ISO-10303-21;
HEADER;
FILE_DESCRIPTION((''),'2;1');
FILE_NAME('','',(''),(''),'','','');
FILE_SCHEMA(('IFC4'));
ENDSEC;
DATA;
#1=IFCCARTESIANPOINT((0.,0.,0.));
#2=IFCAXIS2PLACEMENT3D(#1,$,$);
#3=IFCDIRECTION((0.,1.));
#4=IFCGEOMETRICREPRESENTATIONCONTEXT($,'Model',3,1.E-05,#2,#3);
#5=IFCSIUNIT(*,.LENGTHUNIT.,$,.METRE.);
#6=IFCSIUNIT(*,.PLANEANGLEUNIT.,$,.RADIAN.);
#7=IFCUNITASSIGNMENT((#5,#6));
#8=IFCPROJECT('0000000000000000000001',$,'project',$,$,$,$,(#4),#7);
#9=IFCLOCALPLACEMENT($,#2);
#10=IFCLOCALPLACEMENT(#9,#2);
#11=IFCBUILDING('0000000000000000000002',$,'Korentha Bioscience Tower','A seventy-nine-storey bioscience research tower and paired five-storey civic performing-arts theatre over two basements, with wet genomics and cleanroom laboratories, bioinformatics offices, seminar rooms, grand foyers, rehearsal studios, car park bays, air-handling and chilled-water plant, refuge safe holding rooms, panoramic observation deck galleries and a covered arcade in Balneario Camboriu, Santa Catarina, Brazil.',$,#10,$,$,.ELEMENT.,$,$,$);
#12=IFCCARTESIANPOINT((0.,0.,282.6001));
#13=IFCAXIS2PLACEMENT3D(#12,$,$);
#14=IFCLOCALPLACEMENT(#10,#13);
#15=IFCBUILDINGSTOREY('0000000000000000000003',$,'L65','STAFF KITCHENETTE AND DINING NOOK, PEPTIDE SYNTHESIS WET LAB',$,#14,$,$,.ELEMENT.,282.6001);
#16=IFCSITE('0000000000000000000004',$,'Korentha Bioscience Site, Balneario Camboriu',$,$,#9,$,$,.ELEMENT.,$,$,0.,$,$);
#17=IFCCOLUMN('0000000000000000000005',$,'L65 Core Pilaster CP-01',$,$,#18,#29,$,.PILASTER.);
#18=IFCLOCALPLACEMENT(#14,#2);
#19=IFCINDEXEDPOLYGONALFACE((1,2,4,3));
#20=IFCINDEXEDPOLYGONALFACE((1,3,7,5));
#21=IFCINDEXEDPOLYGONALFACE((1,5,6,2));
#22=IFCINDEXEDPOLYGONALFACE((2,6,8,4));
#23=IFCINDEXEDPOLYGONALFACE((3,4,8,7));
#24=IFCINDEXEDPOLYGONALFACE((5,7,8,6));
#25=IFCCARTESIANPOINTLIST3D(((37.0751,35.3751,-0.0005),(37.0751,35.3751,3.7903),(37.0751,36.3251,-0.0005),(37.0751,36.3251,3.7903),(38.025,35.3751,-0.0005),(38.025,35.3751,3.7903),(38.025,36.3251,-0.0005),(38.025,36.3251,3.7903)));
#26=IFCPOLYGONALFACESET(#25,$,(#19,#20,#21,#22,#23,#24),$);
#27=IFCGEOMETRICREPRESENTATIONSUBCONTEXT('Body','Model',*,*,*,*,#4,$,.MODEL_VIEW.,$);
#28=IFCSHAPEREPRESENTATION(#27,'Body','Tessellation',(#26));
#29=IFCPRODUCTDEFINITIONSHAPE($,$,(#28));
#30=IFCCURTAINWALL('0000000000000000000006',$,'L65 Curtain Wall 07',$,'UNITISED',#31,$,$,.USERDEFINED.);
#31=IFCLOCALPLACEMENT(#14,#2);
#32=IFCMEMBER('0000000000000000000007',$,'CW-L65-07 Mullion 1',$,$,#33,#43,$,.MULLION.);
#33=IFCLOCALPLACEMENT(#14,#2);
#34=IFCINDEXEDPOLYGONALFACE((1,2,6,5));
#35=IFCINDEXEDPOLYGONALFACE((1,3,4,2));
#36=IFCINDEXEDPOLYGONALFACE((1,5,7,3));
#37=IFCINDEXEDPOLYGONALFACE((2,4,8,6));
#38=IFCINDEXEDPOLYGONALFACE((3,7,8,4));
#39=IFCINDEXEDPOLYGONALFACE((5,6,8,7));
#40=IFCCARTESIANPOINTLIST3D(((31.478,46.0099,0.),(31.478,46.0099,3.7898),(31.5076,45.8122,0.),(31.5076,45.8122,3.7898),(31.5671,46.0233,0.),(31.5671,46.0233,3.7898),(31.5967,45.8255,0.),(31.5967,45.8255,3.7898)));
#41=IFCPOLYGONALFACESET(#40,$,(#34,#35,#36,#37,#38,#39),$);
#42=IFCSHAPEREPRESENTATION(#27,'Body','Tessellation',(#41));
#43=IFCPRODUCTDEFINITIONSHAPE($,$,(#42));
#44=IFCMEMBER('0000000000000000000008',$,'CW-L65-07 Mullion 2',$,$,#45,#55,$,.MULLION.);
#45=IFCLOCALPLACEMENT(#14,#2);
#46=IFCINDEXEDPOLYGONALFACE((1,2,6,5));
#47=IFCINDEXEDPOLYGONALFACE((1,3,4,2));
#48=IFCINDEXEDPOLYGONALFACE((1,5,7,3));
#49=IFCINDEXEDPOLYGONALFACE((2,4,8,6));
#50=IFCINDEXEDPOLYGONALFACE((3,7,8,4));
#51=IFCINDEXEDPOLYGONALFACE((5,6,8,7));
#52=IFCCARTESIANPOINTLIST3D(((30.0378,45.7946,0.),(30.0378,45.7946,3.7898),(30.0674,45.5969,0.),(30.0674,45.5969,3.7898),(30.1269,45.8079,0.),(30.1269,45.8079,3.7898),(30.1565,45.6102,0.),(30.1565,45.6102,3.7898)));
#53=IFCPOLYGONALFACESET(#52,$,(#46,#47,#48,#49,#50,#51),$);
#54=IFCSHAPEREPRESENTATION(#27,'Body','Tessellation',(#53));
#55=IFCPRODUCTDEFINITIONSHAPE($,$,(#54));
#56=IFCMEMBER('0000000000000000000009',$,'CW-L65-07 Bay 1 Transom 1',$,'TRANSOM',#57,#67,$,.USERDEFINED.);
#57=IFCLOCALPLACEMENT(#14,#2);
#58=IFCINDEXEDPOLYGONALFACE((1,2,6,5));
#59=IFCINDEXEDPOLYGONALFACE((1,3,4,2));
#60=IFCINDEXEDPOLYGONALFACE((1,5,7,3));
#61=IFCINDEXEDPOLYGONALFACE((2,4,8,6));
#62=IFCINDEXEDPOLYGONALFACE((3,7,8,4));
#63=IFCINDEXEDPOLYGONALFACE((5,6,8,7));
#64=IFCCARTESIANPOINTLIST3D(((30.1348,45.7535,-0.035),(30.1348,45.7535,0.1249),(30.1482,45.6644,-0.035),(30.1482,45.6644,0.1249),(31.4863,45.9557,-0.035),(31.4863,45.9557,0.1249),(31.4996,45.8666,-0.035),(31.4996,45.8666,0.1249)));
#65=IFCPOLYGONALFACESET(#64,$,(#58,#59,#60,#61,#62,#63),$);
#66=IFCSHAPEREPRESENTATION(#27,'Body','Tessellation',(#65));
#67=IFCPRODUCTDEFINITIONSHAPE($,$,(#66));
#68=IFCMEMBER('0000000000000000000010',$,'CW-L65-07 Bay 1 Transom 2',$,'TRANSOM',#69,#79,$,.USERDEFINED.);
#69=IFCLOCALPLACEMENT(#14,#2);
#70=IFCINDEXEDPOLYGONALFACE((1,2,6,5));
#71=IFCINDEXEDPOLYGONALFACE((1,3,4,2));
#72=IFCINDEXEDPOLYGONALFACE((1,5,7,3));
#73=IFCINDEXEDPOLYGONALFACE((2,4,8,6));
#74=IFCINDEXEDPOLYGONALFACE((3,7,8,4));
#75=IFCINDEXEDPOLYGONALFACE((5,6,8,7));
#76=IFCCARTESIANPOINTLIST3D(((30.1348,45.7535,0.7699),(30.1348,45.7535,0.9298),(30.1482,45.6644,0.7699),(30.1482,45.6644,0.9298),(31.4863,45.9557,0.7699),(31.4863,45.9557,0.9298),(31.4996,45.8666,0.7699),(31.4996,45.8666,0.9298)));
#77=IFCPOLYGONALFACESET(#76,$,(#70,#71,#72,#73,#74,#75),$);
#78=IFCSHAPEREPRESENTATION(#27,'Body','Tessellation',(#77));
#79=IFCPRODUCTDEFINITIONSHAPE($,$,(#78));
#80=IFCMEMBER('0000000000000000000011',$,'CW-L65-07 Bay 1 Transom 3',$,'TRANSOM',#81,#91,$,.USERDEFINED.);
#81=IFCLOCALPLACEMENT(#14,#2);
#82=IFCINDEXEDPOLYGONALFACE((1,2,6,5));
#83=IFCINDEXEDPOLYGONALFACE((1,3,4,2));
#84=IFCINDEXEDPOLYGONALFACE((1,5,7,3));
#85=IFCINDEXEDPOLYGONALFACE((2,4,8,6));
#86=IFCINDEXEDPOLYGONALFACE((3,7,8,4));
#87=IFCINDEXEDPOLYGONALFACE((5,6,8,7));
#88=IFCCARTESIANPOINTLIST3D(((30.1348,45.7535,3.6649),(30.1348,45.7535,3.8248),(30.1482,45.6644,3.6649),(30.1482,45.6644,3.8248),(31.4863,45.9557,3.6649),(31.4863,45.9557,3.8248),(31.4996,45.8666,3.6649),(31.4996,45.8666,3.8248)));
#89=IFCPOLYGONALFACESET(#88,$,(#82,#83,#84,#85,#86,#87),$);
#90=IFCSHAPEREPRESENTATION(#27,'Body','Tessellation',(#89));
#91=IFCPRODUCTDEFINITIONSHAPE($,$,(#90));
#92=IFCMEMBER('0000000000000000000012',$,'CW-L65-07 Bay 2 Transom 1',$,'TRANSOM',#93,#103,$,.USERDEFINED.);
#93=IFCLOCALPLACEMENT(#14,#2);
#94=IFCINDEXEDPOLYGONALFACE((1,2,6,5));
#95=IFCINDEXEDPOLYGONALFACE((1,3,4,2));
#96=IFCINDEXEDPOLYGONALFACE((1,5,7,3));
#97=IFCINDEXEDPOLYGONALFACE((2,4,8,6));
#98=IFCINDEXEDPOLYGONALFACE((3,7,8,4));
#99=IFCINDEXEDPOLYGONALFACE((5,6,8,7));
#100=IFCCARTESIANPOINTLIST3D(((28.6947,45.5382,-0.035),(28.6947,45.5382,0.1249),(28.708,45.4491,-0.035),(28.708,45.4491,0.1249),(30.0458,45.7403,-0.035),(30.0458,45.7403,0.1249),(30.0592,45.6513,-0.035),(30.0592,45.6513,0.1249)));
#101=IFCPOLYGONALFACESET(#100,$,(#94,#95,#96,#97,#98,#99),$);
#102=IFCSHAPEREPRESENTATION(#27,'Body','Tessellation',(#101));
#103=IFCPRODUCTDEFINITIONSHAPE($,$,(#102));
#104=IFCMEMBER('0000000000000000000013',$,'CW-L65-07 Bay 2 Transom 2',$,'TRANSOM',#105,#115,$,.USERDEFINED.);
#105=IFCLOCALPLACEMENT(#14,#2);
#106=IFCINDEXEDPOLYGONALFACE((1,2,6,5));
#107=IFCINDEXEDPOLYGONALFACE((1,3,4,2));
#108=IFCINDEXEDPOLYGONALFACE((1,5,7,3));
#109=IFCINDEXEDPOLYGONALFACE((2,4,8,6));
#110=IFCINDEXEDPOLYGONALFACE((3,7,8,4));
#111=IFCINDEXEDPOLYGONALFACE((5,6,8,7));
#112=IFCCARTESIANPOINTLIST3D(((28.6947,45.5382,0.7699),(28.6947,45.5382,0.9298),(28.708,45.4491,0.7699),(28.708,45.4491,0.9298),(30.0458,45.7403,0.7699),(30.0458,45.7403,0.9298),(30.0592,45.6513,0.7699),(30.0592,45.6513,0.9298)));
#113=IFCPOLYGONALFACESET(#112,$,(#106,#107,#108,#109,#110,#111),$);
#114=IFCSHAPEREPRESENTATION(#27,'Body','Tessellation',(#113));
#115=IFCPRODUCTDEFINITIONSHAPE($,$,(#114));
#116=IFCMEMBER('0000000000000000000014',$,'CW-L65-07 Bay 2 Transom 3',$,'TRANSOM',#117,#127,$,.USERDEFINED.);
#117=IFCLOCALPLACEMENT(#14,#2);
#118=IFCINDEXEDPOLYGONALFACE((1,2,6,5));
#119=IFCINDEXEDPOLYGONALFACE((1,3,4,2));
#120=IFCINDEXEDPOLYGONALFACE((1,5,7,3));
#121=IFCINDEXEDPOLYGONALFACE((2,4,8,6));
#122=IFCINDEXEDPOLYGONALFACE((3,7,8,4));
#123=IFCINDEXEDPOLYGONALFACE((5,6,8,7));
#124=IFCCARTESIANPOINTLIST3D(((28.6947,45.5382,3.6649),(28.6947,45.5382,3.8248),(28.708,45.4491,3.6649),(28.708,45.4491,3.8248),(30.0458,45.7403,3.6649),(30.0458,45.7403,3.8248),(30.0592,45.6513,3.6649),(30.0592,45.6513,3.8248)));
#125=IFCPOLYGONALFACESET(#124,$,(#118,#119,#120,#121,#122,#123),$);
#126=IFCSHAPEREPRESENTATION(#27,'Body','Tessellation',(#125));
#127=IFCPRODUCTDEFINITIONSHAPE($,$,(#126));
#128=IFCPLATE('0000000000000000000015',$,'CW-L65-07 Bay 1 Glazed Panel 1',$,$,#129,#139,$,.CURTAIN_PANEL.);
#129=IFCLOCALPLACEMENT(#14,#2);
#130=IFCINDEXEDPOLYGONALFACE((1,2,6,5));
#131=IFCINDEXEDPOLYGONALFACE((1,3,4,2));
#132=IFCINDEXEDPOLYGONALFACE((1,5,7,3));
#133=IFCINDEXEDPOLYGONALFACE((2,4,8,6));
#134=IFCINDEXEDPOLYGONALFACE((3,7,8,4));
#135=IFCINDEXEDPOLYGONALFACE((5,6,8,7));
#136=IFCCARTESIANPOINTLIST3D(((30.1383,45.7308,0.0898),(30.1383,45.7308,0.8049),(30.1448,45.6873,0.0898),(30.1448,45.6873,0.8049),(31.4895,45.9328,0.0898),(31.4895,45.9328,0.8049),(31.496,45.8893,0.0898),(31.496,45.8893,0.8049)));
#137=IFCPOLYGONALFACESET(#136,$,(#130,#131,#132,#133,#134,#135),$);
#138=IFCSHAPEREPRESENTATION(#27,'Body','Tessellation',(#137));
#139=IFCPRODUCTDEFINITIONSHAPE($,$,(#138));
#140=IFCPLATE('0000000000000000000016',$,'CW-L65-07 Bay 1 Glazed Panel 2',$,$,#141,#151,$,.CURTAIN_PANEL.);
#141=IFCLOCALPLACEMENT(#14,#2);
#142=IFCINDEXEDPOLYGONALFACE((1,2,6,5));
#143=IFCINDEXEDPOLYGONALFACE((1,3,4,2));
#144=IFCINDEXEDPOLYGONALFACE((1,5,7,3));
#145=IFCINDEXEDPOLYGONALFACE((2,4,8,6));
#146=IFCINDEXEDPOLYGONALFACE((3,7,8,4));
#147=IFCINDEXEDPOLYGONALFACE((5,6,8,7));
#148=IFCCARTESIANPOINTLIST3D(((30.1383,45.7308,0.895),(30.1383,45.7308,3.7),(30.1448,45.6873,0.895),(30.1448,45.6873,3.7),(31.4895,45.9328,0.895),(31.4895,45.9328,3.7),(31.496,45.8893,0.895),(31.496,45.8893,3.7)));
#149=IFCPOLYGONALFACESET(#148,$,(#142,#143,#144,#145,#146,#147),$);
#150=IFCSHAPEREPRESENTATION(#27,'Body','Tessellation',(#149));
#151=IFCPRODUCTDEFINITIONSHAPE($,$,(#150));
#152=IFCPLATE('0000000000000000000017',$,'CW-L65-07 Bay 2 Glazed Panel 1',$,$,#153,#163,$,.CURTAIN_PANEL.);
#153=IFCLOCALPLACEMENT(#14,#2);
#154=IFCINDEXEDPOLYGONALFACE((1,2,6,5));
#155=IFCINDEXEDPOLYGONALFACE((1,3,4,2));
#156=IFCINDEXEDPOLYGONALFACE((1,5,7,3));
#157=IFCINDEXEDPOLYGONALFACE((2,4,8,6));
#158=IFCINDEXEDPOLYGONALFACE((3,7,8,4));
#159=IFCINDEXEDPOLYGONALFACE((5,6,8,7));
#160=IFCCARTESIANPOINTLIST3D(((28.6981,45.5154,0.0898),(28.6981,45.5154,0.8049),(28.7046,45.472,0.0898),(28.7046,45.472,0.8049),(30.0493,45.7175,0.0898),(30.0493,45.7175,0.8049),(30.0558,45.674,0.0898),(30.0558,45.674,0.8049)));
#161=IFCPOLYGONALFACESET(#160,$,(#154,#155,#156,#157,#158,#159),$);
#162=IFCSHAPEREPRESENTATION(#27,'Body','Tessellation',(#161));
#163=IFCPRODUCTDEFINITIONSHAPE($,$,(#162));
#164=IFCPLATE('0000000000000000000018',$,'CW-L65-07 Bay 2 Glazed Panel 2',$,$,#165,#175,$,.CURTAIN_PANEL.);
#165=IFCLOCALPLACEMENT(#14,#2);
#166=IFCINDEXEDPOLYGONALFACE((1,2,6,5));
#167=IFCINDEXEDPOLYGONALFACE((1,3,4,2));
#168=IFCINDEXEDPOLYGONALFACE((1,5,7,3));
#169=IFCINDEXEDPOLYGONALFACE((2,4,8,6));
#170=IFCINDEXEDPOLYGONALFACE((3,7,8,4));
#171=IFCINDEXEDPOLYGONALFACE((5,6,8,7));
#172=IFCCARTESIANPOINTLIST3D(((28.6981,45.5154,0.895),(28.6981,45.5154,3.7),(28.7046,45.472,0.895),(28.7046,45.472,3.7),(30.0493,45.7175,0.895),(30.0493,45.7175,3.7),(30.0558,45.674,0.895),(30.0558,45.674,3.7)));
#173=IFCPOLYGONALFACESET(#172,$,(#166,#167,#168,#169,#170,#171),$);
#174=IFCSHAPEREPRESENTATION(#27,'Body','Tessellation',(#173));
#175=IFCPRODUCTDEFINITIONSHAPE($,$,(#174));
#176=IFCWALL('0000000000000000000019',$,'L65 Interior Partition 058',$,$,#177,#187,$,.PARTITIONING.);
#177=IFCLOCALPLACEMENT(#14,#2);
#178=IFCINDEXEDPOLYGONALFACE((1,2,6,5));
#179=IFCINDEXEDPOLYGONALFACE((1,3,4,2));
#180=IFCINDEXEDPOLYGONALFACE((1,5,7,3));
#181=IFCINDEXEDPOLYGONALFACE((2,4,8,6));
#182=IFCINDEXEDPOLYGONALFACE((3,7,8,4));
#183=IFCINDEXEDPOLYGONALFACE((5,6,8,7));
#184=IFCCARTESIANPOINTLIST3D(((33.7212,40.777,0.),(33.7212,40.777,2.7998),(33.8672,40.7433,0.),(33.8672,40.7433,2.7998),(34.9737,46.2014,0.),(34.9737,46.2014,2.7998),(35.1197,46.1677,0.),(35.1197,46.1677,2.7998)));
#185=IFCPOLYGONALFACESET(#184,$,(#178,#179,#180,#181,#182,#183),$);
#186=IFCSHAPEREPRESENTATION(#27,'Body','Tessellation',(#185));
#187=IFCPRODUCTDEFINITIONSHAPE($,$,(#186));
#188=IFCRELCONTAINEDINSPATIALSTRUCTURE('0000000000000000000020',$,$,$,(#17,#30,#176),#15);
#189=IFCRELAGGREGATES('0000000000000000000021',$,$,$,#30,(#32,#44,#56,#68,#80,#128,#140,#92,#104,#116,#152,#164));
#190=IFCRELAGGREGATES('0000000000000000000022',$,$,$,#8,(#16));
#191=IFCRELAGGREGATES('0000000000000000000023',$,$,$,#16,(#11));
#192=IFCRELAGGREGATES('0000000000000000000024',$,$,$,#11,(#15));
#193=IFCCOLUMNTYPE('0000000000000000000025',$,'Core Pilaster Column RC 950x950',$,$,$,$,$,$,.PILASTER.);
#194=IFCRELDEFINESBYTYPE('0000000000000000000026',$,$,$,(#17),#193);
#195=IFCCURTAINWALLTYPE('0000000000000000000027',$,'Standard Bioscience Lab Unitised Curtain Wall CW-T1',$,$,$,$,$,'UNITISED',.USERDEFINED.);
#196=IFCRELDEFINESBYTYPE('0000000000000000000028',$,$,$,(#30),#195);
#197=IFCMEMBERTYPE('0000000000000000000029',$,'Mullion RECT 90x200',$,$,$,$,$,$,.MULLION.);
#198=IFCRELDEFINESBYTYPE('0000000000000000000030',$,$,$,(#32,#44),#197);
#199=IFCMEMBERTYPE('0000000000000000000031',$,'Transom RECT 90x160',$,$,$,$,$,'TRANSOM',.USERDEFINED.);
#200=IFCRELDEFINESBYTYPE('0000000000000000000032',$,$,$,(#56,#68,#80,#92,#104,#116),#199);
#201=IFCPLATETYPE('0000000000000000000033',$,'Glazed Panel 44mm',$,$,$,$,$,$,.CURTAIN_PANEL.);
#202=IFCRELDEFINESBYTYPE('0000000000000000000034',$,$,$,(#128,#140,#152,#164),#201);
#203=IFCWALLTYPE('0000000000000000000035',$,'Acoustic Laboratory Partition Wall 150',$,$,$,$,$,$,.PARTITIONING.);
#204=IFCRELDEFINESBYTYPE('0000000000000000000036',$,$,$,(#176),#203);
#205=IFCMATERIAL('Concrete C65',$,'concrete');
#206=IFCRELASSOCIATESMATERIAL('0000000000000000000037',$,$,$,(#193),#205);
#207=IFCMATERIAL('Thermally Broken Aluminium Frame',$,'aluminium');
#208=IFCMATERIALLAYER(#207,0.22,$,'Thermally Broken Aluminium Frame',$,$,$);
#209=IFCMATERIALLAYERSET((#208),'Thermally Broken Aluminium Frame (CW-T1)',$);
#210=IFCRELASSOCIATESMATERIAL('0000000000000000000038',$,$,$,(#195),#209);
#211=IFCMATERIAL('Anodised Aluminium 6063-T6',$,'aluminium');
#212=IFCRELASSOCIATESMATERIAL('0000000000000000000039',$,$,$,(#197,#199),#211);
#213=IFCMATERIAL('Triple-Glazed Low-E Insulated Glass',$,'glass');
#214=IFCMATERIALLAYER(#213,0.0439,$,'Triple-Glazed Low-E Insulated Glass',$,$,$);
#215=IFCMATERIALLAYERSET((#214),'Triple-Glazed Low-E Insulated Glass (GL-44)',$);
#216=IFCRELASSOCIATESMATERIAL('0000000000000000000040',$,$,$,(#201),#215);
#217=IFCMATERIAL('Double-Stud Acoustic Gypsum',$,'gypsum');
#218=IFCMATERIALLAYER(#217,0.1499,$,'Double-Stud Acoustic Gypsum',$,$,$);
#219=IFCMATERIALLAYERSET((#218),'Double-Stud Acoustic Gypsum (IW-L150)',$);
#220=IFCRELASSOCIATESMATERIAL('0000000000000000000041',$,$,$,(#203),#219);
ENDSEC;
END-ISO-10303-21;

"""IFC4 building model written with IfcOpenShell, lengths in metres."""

from ifc_helpers import new_model, si_unit, direction, frame, frame_2d, origin, origin_2d, place, context, subcontext, project, spatial, rectangle, extrude, material, layer, layer_set, material_profile, profile_set, type_object, element, aggregate, save


model = new_model("IFC4")

# Units and contexts
model_context = context("Model", 3, precision=1e-05, world=origin(), true_north=direction((0.0, 1.0)))
body_context = subcontext(model_context, "Body", "Model", "MODEL_VIEW")
ifc_project = project(units=[si_unit("LENGTHUNIT", "METRE"), si_unit("PLANEANGLEUNIT", "RADIAN")], contexts=[model_context])

# Site, building, storey
site_placement = place(None, origin())
site = spatial("IfcSite", under=ifc_project, at=site_placement, Name="Korentha Bioscience Site, Balneario Camboriu", CompositionType="ELEMENT", RefElevation=0.0)
building_placement = place(site_placement, origin())
building = spatial("IfcBuilding", under=site, at=building_placement, Name="Korentha Bioscience Tower", Description="A seventy-nine-storey bioscience research tower and paired five-storey civic performing-arts theatre over two basements, with wet genomics and cleanroom laboratories, bioinformatics offices, seminar rooms, grand foyers, rehearsal studios, car park bays, air-handling and chilled-water plant, refuge safe holding rooms, panoramic observation deck galleries and a covered arcade in Balneario Camboriu, Santa Catarina, Brazil.", CompositionType="ELEMENT")
storey_placement = place(building_placement, frame((0.0, 0.0, 282.6001)))
storey = spatial("IfcBuildingStorey", under=building, at=storey_placement, Name="L65", Description="STAFF KITCHENETTE AND DINING NOOK, PEPTIDE SYNTHESIS WET LAB", CompositionType="ELEMENT", Elevation=282.6001)

# Column
ifc_material_1 = material(Name="Concrete C65", Category="concrete")
ifc_material_profile_1 = material_profile(ifc_material_1, rectangle(XDim=0.95, YDim=0.95, at=origin_2d()), Name="Concrete C65")
ifc_profile_set_1 = profile_set([ifc_material_profile_1], Name="Concrete C65 (COL-CP09)")
column_type = type_object("IfcColumnType", Name="Core Pilaster Column RC 950x950", PredefinedType="PILASTER", material=ifc_profile_set_1)
column_placement = place(storey_placement, frame((37.55, 35.8501, -0.0005), z_axis=(0.0, 0.0, 1.0), x_axis=(1.0, 0.0, 0.0)))
element("IfcColumn", 1, at=column_placement, inside=storey, type_object=column_type, Name="L65 Core Pilaster CP-01", PredefinedType="PILASTER", context=body_context, shape_type="SweptSolid", body=[
    extrude(rectangle(XDim=0.95, YDim=0.95, at=origin_2d()), origin(), (0.0, 0.0, 1.0), 3.7908),
])

# Curtain wall, members, plates
ifc_material_2 = material(Name="Thermally Broken Aluminium Frame", Category="aluminium")
ifc_layer_1 = layer(ifc_material_2, 0.22, Name="Thermally Broken Aluminium Frame")
ifc_layer_set_1 = layer_set([ifc_layer_1], Name="Thermally Broken Aluminium Frame (CW-T1)")
curtain_wall_type = type_object("IfcCurtainWallType", Name="Standard Bioscience Lab Unitised Curtain Wall CW-T1", ElementType="UNITISED", PredefinedType="USERDEFINED", material=ifc_layer_set_1)
curtain_wall_placement = place(storey_placement, origin())
curtain_wall = element("IfcCurtainWall", 2, at=curtain_wall_placement, inside=storey, type_object=curtain_wall_type, Name="L65 Curtain Wall 07", ObjectType="UNITISED", PredefinedType="USERDEFINED")
ifc_material_3 = material(Name="Anodised Aluminium 6063-T6", Category="aluminium")
ifc_material_profile_2 = material_profile(ifc_material_3, rectangle(XDim=0.0901, YDim=0.2, at=origin_2d()), Name="Anodised Aluminium 6063-T6")
ifc_profile_set_2 = profile_set([ifc_material_profile_2], Name="Anodised Aluminium 6063-T6 (CW-MUL)")
member_type_1 = type_object("IfcMemberType", Name="Mullion RECT 90x200", PredefinedType="MULLION", material=ifc_profile_set_2)
member_1_placement = place(storey_placement, frame((31.5374, 45.9177, 0.0), z_axis=(0.0, 0.0, 1.0), x_axis=(-0.989007, -0.147871, 0.0)))
member_1 = element("IfcMember", 3, at=member_1_placement, type_object=member_type_1, Name="CW-L65-07 Mullion 1", PredefinedType="MULLION", context=body_context, shape_type="SweptSolid", body=[
    extrude(rectangle(XDim=0.0901, YDim=0.2, at=origin_2d()), origin(), (0.0, 0.0, 1.0), 3.7898),
])
member_2_placement = place(storey_placement, frame((30.0972, 45.7024, 0.0), z_axis=(0.0, 0.0, 1.0), x_axis=(-0.989007, -0.147871, 0.0)))
member_2 = element("IfcMember", 4, at=member_2_placement, type_object=member_type_1, Name="CW-L65-07 Mullion 2", PredefinedType="MULLION", context=body_context, shape_type="SweptSolid", body=[
    extrude(rectangle(XDim=0.0901, YDim=0.2, at=origin_2d()), origin(), (0.0, 0.0, 1.0), 3.7898),
])
ifc_material_profile_3 = material_profile(ifc_material_3, rectangle(XDim=0.0901, YDim=0.1599, at=origin_2d()), Name="Anodised Aluminium 6063-T6")
ifc_profile_set_3 = profile_set([ifc_material_profile_3], Name="Anodised Aluminium 6063-T6 (CW-TRN)")
member_type_2 = type_object("IfcMemberType", Name="Transom RECT 90x160", ElementType="TRANSOM", PredefinedType="USERDEFINED", material=ifc_profile_set_3)
member_3_placement = place(storey_placement, frame((31.4929, 45.9111, 0.0449), z_axis=(-0.988995, -0.147947, 0.0), x_axis=(0.147947, -0.988995, 0.0)))
member_3 = element("IfcMember", 5, at=member_3_placement, type_object=member_type_2, Name="CW-L65-07 Bay 1 Transom 1", ObjectType="TRANSOM", PredefinedType="USERDEFINED", context=body_context, shape_type="SweptSolid", body=[
    extrude(rectangle(XDim=0.0901, YDim=0.1599, at=origin_2d()), origin(), (0.0, 0.0, 1.0), 1.3665),
])
member_4_placement = place(storey_placement, frame((31.4929, 45.9111, 0.8499), z_axis=(-0.988995, -0.147947, 0.0), x_axis=(0.147947, -0.988995, 0.0)))
member_4 = element("IfcMember", 6, at=member_4_placement, type_object=member_type_2, Name="CW-L65-07 Bay 1 Transom 2", ObjectType="TRANSOM", PredefinedType="USERDEFINED", context=body_context, shape_type="SweptSolid", body=[
    extrude(rectangle(XDim=0.0901, YDim=0.1599, at=origin_2d()), origin(), (0.0, 0.0, 1.0), 1.3665),
])
member_5_placement = place(storey_placement, frame((31.4929, 45.9111, 3.7449), z_axis=(-0.988995, -0.147947, 0.0), x_axis=(0.147947, -0.988995, 0.0)))
member_5 = element("IfcMember", 7, at=member_5_placement, type_object=member_type_2, Name="CW-L65-07 Bay 1 Transom 3", ObjectType="TRANSOM", PredefinedType="USERDEFINED", context=body_context, shape_type="SweptSolid", body=[
    extrude(rectangle(XDim=0.0901, YDim=0.1599, at=origin_2d()), origin(), (0.0, 0.0, 1.0), 1.3665),
])
member_6_placement = place(storey_placement, frame((30.0525, 45.6958, 0.0449), z_axis=(-0.988991, -0.147973, 0.0), x_axis=(0.147973, -0.988991, 0.0)))
member_6 = element("IfcMember", 8, at=member_6_placement, type_object=member_type_2, Name="CW-L65-07 Bay 2 Transom 1", ObjectType="TRANSOM", PredefinedType="USERDEFINED", context=body_context, shape_type="SweptSolid", body=[
    extrude(rectangle(XDim=0.0901, YDim=0.1599, at=origin_2d()), origin(), (0.0, 0.0, 1.0), 1.3662),
])
member_7_placement = place(storey_placement, frame((30.0525, 45.6958, 0.8499), z_axis=(-0.988991, -0.147973, 0.0), x_axis=(0.147973, -0.988991, 0.0)))
member_7 = element("IfcMember", 9, at=member_7_placement, type_object=member_type_2, Name="CW-L65-07 Bay 2 Transom 2", ObjectType="TRANSOM", PredefinedType="USERDEFINED", context=body_context, shape_type="SweptSolid", body=[
    extrude(rectangle(XDim=0.0901, YDim=0.1599, at=origin_2d()), origin(), (0.0, 0.0, 1.0), 1.3662),
])
member_8_placement = place(storey_placement, frame((30.0525, 45.6958, 3.7449), z_axis=(-0.988991, -0.147973, 0.0), x_axis=(0.147973, -0.988991, 0.0)))
member_8 = element("IfcMember", 10, at=member_8_placement, type_object=member_type_2, Name="CW-L65-07 Bay 2 Transom 3", ObjectType="TRANSOM", PredefinedType="USERDEFINED", context=body_context, shape_type="SweptSolid", body=[
    extrude(rectangle(XDim=0.0901, YDim=0.1599, at=origin_2d()), origin(), (0.0, 0.0, 1.0), 1.3662),
])
ifc_material_4 = material(Name="Triple-Glazed Low-E Insulated Glass", Category="glass")
ifc_layer_2 = layer(ifc_material_4, 0.0439, Name="Triple-Glazed Low-E Insulated Glass")
ifc_layer_set_2 = layer_set([ifc_layer_2], Name="Triple-Glazed Low-E Insulated Glass (GL-44)")
plate_type = type_object("IfcPlateType", Name="Glazed Panel 44mm", PredefinedType="CURTAIN_PANEL", material=ifc_layer_set_2)
plate_1_placement = place(storey_placement, frame((30.8171, 45.8101, 0.0898), z_axis=(0.0, 0.0, 1.0), x_axis=(-0.989007, -0.147871, 0.0)))
plate_1 = element("IfcPlate", 11, at=plate_1_placement, type_object=plate_type, Name="CW-L65-07 Bay 1 Glazed Panel 1", PredefinedType="CURTAIN_PANEL", context=body_context, shape_type="SweptSolid", body=[
    extrude(rectangle(XDim=1.3662, YDim=0.0439, at=origin_2d()), origin(), (0.0, 0.0, 1.0), 0.7151),
])
plate_2_placement = place(storey_placement, frame((30.8171, 45.8101, 0.895), z_axis=(0.0, 0.0, 1.0), x_axis=(-0.989007, -0.147871, 0.0)))
plate_2 = element("IfcPlate", 12, at=plate_2_placement, type_object=plate_type, Name="CW-L65-07 Bay 1 Glazed Panel 2", PredefinedType="CURTAIN_PANEL", context=body_context, shape_type="SweptSolid", body=[
    extrude(rectangle(XDim=1.3662, YDim=0.0439, at=origin_2d()), origin(), (0.0, 0.0, 1.0), 2.8049),
])
plate_3_placement = place(storey_placement, frame((29.377, 45.5947, 0.0898), z_axis=(0.0, 0.0, 1.0), x_axis=(-0.989007, -0.147871, 0.0)))
plate_3 = element("IfcPlate", 13, at=plate_3_placement, type_object=plate_type, Name="CW-L65-07 Bay 2 Glazed Panel 1", PredefinedType="CURTAIN_PANEL", context=body_context, shape_type="SweptSolid", body=[
    extrude(rectangle(XDim=1.3662, YDim=0.0439, at=origin_2d()), origin(), (0.0, 0.0, 1.0), 0.7151),
])
plate_4_placement = place(storey_placement, frame((29.377, 45.5947, 0.895), z_axis=(0.0, 0.0, 1.0), x_axis=(-0.989007, -0.147871, 0.0)))
plate_4 = element("IfcPlate", 14, at=plate_4_placement, type_object=plate_type, Name="CW-L65-07 Bay 2 Glazed Panel 2", PredefinedType="CURTAIN_PANEL", context=body_context, shape_type="SweptSolid", body=[
    extrude(rectangle(XDim=1.3662, YDim=0.0439, at=origin_2d()), origin(), (0.0, 0.0, 1.0), 2.8049),
])
aggregate(curtain_wall, [member_1, member_2, member_3, member_4, member_5, plate_1, plate_2, member_6, member_7, member_8, plate_3, plate_4])

# Wall
ifc_material_5 = material(Name="Double-Stud Acoustic Gypsum", Category="gypsum")
ifc_layer_3 = layer(ifc_material_5, 0.1499, Name="Double-Stud Acoustic Gypsum")
ifc_layer_set_3 = layer_set([ifc_layer_3], Name="Double-Stud Acoustic Gypsum (IW-L150)")
wall_type_1 = type_object("IfcWallType", Name="Acoustic Laboratory Partition Wall 150", PredefinedType="PARTITIONING", material=ifc_layer_set_3)
wall_1_placement = place(storey_placement, frame((33.7942, 40.76, 0.0), z_axis=(0.0, 0.0, 1.0), x_axis=(0.224975, 0.974365, 0.0)))
element("IfcWall", 15, at=wall_1_placement, inside=storey, type_object=wall_type_1, Name="L65 Interior Partition 058", PredefinedType="PARTITIONING", context=body_context, shape_type="SweptSolid", body=[
    extrude(rectangle(XDim=5.5671, YDim=0.1499, at=frame_2d((2.7837, 0.0))), origin(), (0.0, 0.0, 1.0), 2.7998),
])

save(model, "model.ifc")
